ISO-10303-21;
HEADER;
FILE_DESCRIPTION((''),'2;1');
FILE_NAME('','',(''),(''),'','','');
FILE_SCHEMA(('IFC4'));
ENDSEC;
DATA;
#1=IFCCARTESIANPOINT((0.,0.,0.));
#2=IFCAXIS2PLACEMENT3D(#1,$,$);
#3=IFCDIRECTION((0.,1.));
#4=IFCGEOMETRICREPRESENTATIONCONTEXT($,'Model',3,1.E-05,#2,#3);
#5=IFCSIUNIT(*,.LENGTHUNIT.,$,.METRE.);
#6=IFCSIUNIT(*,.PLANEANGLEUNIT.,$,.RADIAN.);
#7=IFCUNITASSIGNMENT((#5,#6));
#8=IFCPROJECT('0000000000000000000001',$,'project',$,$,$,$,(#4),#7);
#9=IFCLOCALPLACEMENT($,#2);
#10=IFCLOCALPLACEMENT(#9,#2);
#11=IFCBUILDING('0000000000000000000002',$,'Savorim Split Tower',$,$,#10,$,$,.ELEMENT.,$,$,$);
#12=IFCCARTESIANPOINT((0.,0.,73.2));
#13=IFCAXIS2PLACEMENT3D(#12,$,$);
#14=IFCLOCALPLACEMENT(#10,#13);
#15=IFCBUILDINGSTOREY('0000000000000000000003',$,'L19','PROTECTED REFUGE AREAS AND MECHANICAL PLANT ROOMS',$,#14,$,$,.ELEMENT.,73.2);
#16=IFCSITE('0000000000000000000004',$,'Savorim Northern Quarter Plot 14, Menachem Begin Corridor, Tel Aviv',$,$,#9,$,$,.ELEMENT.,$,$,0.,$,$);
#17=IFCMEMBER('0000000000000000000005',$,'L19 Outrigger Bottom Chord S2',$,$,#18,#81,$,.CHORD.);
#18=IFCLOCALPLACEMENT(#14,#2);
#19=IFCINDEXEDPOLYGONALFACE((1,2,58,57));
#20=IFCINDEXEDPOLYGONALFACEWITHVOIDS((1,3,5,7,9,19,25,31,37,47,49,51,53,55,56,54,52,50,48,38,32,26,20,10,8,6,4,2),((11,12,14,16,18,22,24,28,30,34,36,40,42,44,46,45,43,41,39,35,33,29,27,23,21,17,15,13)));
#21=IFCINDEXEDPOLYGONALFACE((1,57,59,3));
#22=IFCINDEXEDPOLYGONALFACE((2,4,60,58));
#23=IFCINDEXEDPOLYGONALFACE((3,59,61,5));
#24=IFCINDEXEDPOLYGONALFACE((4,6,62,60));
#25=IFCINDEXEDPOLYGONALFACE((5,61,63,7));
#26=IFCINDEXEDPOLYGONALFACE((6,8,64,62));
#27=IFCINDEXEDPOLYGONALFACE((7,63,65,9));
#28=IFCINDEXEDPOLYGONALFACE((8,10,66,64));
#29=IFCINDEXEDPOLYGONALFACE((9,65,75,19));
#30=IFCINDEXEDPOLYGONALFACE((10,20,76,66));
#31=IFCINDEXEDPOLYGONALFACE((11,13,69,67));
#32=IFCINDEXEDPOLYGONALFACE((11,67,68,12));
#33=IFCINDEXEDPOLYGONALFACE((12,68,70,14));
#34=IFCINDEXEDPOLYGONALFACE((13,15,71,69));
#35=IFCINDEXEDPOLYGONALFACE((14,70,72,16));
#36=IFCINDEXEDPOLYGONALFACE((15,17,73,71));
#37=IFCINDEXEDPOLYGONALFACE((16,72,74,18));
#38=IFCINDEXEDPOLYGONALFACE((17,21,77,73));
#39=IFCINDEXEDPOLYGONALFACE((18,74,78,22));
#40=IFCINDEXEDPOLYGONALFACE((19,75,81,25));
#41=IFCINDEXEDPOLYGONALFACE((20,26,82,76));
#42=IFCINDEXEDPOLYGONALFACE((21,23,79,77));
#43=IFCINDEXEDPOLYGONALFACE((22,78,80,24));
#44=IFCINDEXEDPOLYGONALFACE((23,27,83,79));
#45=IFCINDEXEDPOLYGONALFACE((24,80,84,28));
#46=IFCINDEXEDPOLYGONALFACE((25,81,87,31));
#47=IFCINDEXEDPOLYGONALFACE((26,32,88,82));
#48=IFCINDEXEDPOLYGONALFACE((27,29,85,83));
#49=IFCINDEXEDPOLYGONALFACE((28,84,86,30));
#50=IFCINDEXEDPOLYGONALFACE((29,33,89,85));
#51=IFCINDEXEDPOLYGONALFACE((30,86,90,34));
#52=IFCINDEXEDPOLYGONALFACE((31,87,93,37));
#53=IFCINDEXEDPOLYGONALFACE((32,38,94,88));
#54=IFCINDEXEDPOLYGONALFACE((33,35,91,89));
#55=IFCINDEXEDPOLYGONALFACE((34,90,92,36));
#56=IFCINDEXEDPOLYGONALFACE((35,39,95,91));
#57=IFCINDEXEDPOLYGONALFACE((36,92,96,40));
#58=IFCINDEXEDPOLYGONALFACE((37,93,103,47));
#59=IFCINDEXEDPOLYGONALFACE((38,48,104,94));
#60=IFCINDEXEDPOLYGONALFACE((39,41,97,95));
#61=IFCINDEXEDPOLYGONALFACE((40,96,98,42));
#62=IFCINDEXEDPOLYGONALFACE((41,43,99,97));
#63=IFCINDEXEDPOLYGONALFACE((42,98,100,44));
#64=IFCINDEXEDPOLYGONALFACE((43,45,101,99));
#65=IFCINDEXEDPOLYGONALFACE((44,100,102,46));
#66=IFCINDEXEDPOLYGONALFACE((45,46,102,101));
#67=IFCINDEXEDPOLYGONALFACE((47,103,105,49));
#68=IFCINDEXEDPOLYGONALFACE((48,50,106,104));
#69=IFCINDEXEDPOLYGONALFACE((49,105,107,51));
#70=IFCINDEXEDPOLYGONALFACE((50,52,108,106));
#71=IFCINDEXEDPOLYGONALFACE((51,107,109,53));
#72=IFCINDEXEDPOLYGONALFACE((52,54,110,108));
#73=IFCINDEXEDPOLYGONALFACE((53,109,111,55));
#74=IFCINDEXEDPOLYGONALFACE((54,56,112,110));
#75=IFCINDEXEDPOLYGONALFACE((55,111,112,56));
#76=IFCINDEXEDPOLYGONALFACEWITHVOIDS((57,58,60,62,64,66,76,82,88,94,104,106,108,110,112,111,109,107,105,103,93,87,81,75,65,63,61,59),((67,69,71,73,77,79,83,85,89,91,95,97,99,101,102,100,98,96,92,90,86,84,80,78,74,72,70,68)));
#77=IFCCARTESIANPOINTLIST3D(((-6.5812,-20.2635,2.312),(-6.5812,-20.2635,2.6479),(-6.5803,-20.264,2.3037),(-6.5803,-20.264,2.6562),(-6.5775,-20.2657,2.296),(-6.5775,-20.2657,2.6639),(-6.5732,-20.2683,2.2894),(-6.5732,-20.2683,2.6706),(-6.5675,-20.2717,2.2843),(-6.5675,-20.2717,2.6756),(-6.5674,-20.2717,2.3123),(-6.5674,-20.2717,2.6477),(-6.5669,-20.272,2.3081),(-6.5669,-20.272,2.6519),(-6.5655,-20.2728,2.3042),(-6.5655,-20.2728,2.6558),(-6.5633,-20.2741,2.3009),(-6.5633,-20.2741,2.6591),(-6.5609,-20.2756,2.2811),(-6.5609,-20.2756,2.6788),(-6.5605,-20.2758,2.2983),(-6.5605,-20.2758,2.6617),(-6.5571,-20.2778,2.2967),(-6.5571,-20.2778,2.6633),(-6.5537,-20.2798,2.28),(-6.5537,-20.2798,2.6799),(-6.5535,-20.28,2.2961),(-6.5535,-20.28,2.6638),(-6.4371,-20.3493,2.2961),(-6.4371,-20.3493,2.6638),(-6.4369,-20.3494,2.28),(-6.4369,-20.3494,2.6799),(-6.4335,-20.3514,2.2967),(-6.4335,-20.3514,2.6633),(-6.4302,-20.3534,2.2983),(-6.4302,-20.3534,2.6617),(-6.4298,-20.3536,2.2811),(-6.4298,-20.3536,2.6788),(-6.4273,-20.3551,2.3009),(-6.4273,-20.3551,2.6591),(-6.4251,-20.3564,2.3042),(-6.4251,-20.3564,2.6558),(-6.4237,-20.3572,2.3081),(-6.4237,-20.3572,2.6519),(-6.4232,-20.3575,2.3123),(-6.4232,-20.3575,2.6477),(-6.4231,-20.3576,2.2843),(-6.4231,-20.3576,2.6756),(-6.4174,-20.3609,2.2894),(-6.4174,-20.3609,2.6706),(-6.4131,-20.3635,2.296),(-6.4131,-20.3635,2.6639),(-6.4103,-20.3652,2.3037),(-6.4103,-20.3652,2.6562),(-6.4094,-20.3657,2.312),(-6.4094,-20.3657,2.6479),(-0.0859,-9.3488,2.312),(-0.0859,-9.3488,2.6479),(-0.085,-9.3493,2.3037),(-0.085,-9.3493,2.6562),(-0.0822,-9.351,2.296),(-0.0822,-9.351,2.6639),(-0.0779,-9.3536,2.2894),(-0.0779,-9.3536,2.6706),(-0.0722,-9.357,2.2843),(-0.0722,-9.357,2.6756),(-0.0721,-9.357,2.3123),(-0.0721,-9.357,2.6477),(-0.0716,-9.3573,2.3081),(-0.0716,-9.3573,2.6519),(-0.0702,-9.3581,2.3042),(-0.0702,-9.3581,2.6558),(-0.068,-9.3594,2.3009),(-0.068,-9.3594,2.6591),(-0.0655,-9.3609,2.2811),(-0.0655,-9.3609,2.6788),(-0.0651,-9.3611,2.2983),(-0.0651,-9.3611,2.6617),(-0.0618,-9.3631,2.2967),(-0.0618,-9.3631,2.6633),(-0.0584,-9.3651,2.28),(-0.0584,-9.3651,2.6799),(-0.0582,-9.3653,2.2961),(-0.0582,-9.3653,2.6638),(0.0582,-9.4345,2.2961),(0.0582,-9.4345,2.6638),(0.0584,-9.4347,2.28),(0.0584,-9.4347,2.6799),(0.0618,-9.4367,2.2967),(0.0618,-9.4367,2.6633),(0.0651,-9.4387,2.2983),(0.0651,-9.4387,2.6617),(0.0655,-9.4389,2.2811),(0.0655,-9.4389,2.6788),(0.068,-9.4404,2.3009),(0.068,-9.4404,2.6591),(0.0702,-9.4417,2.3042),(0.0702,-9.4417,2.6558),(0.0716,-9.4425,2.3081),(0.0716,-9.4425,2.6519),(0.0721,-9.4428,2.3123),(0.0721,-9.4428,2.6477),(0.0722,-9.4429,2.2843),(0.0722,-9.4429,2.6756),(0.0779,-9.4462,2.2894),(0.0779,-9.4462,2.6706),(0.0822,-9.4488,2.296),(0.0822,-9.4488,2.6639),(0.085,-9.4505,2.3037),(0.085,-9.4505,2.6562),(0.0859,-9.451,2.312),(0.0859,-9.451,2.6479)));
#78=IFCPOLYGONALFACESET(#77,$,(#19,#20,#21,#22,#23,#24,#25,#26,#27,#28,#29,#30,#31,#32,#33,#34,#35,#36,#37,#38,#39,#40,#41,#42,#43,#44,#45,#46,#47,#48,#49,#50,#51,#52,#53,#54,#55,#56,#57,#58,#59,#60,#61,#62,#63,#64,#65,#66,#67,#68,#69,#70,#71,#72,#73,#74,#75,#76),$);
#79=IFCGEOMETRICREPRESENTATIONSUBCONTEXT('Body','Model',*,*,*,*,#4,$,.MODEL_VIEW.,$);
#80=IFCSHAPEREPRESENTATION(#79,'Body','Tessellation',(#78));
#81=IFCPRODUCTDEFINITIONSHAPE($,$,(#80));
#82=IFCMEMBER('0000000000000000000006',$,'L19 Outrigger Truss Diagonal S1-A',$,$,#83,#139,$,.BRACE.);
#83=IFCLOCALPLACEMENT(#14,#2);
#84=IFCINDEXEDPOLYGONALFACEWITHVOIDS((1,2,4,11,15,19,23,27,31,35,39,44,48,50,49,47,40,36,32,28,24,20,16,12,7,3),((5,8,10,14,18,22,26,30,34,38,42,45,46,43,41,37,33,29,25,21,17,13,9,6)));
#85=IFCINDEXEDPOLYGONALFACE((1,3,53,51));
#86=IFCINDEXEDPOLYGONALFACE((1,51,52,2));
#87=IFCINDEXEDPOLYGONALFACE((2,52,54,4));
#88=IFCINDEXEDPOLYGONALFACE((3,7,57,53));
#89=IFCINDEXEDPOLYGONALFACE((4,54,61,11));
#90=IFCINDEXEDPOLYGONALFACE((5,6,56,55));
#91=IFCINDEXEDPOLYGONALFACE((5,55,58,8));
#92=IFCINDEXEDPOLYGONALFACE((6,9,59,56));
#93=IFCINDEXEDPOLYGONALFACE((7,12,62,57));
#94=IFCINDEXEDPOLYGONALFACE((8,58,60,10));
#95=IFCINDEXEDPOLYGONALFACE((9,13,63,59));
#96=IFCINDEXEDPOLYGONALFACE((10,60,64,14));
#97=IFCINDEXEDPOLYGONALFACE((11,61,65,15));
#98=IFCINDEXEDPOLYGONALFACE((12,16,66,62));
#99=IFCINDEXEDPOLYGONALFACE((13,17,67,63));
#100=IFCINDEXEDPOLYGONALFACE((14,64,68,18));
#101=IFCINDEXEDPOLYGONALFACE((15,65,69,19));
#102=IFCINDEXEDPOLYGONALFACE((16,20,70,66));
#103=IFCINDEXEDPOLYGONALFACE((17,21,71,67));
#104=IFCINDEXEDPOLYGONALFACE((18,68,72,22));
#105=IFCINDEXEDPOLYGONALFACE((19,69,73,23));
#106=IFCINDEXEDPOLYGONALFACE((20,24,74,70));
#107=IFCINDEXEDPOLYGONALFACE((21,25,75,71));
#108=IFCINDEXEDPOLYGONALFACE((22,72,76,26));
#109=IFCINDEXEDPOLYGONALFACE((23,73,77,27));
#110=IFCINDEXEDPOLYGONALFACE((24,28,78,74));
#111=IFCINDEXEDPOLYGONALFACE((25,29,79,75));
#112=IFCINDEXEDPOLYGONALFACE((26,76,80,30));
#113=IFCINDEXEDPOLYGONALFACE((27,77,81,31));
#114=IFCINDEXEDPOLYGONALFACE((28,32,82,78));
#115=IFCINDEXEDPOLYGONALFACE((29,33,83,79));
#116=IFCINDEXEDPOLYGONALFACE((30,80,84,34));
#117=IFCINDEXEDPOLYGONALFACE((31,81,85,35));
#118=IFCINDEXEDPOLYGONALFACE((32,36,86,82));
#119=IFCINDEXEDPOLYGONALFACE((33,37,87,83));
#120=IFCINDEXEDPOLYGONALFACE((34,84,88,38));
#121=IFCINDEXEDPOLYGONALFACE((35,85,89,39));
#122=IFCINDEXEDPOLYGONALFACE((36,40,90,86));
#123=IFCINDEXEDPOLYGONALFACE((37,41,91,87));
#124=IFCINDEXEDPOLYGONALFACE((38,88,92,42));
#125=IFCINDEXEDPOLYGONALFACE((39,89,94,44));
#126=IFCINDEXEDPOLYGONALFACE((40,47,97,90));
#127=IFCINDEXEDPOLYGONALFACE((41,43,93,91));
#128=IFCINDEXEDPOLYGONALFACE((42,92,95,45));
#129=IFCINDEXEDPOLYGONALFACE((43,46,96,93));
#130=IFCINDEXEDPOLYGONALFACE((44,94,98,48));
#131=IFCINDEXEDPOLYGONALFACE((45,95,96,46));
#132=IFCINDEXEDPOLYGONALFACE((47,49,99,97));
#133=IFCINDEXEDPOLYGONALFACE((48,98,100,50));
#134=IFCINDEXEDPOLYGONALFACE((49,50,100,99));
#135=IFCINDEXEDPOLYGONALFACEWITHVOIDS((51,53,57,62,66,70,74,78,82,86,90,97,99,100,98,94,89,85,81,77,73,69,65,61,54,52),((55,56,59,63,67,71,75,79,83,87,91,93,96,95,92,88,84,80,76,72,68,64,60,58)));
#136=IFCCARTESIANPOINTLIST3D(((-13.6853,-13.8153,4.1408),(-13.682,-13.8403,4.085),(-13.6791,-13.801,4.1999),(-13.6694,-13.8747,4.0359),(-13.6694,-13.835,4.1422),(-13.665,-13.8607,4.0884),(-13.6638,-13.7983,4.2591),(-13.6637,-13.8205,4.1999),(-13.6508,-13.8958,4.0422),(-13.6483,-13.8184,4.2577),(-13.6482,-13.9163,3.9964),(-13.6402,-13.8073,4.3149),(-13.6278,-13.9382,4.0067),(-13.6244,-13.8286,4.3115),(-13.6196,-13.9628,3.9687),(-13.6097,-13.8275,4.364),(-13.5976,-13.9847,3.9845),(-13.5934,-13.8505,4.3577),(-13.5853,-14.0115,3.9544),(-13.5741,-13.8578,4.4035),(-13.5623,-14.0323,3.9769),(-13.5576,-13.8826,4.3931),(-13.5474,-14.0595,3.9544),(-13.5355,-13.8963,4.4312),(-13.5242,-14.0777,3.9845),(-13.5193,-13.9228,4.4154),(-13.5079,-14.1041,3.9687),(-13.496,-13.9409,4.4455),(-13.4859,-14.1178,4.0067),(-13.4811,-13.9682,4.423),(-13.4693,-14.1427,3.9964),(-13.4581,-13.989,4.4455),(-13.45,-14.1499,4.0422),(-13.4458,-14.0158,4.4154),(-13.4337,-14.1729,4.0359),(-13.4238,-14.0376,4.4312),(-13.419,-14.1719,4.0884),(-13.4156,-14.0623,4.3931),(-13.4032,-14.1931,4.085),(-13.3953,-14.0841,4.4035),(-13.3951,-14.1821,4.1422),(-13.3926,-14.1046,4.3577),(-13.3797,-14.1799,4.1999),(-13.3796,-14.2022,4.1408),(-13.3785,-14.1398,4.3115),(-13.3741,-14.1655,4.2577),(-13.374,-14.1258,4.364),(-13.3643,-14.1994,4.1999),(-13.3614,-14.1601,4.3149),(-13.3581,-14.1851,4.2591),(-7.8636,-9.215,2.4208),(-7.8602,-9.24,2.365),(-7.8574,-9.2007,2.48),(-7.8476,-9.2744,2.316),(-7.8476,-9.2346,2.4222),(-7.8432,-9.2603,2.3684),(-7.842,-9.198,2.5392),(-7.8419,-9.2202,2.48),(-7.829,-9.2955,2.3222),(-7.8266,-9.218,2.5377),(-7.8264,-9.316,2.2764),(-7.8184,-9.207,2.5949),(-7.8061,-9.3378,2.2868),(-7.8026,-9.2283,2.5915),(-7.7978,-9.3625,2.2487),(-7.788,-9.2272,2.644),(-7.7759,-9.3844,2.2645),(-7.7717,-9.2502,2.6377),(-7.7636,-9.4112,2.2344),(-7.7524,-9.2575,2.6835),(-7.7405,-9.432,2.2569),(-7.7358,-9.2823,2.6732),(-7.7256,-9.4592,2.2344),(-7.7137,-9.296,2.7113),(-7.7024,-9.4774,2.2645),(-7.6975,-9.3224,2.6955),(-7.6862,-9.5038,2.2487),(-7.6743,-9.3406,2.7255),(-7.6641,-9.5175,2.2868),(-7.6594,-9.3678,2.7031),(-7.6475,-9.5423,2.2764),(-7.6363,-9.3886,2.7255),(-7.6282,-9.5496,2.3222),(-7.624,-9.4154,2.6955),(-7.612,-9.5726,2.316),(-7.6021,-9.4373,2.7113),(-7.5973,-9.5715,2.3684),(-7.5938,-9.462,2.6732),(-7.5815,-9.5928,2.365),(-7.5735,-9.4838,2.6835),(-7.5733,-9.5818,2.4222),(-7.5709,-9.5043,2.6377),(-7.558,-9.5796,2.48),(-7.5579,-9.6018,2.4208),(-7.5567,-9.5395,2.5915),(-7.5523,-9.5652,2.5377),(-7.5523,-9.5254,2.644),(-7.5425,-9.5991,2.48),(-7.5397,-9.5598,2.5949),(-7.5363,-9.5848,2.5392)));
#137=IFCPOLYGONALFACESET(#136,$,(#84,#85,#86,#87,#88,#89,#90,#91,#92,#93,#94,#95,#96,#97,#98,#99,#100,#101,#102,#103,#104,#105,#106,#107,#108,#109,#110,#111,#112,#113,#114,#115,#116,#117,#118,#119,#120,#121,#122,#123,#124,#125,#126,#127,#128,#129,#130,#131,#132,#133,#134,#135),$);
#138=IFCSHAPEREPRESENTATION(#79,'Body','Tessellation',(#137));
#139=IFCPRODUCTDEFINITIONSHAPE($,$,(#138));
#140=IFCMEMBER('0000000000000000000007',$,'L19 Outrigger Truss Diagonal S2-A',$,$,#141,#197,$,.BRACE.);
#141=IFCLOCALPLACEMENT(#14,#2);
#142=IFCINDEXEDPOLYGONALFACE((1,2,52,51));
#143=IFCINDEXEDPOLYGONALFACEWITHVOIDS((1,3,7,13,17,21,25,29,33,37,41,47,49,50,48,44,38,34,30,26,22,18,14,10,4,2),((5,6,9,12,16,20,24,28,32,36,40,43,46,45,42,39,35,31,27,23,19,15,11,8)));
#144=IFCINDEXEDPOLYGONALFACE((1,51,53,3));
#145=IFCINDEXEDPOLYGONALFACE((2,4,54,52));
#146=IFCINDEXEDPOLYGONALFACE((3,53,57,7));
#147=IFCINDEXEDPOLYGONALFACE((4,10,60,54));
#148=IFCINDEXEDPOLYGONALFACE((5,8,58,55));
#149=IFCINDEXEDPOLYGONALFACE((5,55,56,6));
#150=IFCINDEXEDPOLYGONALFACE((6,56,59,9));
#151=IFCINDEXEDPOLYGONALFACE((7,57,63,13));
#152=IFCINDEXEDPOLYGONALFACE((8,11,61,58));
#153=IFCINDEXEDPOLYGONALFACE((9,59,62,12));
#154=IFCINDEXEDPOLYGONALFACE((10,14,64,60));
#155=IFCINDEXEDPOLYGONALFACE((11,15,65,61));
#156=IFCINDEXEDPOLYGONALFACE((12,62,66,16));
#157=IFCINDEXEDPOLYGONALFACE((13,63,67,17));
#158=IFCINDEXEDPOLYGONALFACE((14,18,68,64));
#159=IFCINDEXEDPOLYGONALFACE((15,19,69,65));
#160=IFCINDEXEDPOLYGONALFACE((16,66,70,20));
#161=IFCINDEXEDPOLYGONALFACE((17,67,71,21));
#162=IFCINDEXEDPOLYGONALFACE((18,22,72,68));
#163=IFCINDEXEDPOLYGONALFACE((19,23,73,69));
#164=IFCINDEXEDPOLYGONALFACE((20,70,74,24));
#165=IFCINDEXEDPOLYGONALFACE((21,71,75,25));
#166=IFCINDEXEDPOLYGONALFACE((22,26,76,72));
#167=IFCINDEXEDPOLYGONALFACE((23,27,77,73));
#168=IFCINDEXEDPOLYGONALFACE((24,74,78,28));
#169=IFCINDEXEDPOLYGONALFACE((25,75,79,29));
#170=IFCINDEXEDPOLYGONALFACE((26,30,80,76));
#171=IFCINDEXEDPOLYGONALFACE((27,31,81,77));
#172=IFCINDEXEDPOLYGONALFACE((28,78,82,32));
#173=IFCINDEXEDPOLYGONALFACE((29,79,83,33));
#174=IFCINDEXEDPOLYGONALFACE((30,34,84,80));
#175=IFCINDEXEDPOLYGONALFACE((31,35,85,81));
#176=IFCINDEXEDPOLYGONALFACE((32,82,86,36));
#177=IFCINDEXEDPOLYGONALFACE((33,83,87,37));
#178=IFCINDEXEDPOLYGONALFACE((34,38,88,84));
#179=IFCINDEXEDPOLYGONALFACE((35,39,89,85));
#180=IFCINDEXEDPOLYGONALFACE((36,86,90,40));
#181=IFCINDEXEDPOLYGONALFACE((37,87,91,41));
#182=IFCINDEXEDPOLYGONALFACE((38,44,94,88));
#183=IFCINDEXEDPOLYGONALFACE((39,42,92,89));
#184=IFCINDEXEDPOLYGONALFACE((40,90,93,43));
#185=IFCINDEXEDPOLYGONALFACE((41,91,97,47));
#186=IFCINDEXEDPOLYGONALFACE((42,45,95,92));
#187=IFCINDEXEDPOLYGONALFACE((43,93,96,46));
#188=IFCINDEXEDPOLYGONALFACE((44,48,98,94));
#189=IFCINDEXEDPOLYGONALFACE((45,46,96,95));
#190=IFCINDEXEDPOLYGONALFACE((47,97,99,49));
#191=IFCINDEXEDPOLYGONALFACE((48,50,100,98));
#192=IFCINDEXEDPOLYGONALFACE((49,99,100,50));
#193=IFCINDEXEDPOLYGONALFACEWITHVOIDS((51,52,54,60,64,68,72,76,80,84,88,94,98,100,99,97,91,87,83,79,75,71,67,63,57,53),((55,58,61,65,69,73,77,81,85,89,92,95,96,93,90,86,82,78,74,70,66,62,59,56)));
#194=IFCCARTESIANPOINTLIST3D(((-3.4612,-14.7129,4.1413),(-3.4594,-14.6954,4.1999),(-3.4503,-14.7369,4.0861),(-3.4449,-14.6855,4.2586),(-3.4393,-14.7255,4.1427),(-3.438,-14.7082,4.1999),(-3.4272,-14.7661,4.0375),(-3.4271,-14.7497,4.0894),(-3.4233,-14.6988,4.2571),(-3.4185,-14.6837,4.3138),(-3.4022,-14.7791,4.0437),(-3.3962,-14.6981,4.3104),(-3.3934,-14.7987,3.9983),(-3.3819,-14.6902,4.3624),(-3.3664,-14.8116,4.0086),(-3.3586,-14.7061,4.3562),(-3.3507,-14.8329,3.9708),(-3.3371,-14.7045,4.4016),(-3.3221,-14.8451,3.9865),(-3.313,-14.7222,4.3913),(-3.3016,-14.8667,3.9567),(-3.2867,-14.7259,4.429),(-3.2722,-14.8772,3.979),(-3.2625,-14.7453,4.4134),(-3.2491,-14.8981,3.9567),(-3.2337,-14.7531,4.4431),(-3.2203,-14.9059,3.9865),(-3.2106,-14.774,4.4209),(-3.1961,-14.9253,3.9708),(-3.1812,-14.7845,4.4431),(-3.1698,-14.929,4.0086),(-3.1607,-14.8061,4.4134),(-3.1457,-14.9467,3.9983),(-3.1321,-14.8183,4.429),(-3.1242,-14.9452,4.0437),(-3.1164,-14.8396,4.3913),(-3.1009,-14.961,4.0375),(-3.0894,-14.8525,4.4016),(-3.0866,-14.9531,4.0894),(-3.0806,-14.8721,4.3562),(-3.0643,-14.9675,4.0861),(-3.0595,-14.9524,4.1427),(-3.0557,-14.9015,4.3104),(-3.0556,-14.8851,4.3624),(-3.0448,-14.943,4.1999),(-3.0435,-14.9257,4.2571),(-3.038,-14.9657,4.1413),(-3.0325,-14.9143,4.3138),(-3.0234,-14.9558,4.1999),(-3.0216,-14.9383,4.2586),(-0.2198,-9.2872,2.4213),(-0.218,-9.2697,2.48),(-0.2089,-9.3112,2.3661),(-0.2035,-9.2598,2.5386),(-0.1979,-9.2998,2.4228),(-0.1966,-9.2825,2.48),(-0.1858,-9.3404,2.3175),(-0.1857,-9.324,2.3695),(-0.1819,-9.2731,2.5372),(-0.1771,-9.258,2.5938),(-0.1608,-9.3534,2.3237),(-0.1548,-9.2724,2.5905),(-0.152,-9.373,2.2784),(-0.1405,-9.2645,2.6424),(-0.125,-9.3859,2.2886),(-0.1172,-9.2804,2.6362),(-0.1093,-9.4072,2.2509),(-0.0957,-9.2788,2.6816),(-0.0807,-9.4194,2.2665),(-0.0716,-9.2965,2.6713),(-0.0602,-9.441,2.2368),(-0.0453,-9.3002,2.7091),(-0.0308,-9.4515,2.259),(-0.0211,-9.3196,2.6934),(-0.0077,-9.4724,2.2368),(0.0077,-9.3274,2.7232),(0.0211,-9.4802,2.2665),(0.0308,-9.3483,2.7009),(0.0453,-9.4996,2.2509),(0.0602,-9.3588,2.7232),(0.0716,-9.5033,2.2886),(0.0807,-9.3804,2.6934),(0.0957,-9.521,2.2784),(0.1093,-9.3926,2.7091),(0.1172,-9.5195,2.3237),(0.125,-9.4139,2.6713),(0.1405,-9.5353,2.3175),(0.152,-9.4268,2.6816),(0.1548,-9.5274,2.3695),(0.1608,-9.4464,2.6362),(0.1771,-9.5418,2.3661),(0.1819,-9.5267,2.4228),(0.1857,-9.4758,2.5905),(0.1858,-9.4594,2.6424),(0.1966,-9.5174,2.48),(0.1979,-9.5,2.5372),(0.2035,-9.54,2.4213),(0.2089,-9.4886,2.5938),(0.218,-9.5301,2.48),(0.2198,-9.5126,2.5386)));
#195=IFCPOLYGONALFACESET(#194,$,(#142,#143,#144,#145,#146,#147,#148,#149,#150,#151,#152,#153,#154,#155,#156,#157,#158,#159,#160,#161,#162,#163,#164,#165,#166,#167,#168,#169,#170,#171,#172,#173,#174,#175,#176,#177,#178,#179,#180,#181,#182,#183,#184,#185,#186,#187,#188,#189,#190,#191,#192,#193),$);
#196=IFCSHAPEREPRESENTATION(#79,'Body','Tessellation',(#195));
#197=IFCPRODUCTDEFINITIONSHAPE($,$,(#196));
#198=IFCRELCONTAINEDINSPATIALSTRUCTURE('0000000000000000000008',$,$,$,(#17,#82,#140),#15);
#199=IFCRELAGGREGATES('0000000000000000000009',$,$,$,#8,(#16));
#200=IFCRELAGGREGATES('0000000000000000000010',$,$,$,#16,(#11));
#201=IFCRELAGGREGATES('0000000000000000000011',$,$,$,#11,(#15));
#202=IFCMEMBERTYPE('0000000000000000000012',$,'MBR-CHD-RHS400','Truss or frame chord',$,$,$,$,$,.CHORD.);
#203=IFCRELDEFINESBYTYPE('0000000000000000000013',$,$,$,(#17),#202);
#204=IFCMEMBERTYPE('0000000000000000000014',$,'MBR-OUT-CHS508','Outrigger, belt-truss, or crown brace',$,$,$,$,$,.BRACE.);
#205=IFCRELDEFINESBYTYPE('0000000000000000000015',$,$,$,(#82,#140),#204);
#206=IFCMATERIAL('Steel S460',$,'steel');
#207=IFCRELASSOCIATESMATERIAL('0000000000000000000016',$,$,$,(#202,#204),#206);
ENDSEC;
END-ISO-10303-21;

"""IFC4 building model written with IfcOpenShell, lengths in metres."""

from ifc_helpers import new_model, si_unit, direction, frame, origin, origin_2d, place, context, subcontext, project, spatial, hollow_rectangle, hollow_circle, extrude, material, material_profile, profile_set, type_object, element, save


model = new_model("IFC4")

# Units and contexts
model_context = context("Model", 3, precision=1e-05, world=origin(), true_north=direction((0.0, 1.0)))
body_context = subcontext(model_context, "Body", "Model", "MODEL_VIEW")
ifc_project = project(units=[si_unit("LENGTHUNIT", "METRE"), si_unit("PLANEANGLEUNIT", "RADIAN")], contexts=[model_context])

# Site, building, storey
site_placement = place(None, origin())
site = spatial("IfcSite", under=ifc_project, at=site_placement, Name="Savorim Northern Quarter Plot 14, Menachem Begin Corridor, Tel Aviv", CompositionType="ELEMENT", RefElevation=0.0)
building_placement = place(site_placement, origin())
building = spatial("IfcBuilding", under=site, at=building_placement, Name="Savorim Split Tower", CompositionType="ELEMENT")
storey_placement = place(building_placement, frame((0.0, 0.0, 73.2)))
storey = spatial("IfcBuildingStorey", under=building, at=storey_placement, Name="L19", Description="PROTECTED REFUGE AREAS AND MECHANICAL PLANT ROOMS", CompositionType="ELEMENT", Elevation=73.2)

# Shared definitions
ifc_material_1 = material(Name="Steel S460", Category="steel")

# Members
ifc_material_profile_1 = material_profile(ifc_material_1, hollow_rectangle(XDim=0.2, YDim=0.3999, WallThickness=0.0161, InnerFilletRadius=0.0161, OuterFilletRadius=0.032, at=origin_2d()), Name="RHS 400x200x16")
ifc_profile_set_1 = profile_set([ifc_material_profile_1], Name="Steel S460")
member_type_1 = type_object("IfcMemberType", Name="MBR-CHD-RHS400", Description="Truss or frame chord", PredefinedType="CHORD", material=ifc_profile_set_1)
member_1_placement = place(storey_placement, frame((0.0, -9.3999, 2.48), z_axis=(-0.511394, -0.859346, 0.0), x_axis=(0.859346, -0.511394, 0.0)))
element("IfcMember", 1, at=member_1_placement, inside=storey, type_object=member_type_1, Name="L19 Outrigger Bottom Chord S2", PredefinedType="CHORD", context=body_context, shape_type="SweptSolid", body=[
    extrude(hollow_rectangle(XDim=0.2, YDim=0.3999, WallThickness=0.0161, InnerFilletRadius=0.0161, OuterFilletRadius=0.032, at=origin_2d()), origin(), (0.0, 0.0, 1.0), 12.7012),
])
ifc_material_profile_2 = material_profile(ifc_material_1, hollow_circle(Radius=0.2539, WallThickness=0.0249, at=origin_2d()), Name="CHS 508x25")
ifc_profile_set_2 = profile_set([ifc_material_profile_2], Name="Steel S460")
member_type_2 = type_object("IfcMemberType", Name="MBR-OUT-CHS508", Description="Outrigger, belt-truss, or crown brace", PredefinedType="BRACE", material=ifc_profile_set_2)
member_2_placement = place(storey_placement, frame((-7.7, -9.3999, 2.48), z_axis=(-0.764341, -0.603979, 0.225815), x_axis=(0.619993, -0.784607, 0.0)))
element("IfcMember", 2, at=member_2_placement, inside=storey, type_object=member_type_2, Name="L19 Outrigger Truss Diagonal S1-A", PredefinedType="BRACE", context=body_context, shape_type="SweptSolid", body=[
    extrude(hollow_circle(Radius=0.2539, WallThickness=0.0249, at=origin_2d()), origin(), (0.0, 0.0, 1.0), 7.6167),
])
member_3_placement = place(storey_placement, frame((0.0, -9.3999, 2.48), z_axis=(-0.494867, -0.828345, 0.262585), x_axis=(0.85847, -0.512864, 0.0)))
element("IfcMember", 3, at=member_3_placement, inside=storey, type_object=member_type_2, Name="L19 Outrigger Truss Diagonal S2-A", PredefinedType="BRACE", context=body_context, shape_type="SweptSolid", body=[
    extrude(hollow_circle(Radius=0.2539, WallThickness=0.0249, at=origin_2d()), origin(), (0.0, 0.0, 1.0), 6.55),
])

save(model, "model.ifc")
